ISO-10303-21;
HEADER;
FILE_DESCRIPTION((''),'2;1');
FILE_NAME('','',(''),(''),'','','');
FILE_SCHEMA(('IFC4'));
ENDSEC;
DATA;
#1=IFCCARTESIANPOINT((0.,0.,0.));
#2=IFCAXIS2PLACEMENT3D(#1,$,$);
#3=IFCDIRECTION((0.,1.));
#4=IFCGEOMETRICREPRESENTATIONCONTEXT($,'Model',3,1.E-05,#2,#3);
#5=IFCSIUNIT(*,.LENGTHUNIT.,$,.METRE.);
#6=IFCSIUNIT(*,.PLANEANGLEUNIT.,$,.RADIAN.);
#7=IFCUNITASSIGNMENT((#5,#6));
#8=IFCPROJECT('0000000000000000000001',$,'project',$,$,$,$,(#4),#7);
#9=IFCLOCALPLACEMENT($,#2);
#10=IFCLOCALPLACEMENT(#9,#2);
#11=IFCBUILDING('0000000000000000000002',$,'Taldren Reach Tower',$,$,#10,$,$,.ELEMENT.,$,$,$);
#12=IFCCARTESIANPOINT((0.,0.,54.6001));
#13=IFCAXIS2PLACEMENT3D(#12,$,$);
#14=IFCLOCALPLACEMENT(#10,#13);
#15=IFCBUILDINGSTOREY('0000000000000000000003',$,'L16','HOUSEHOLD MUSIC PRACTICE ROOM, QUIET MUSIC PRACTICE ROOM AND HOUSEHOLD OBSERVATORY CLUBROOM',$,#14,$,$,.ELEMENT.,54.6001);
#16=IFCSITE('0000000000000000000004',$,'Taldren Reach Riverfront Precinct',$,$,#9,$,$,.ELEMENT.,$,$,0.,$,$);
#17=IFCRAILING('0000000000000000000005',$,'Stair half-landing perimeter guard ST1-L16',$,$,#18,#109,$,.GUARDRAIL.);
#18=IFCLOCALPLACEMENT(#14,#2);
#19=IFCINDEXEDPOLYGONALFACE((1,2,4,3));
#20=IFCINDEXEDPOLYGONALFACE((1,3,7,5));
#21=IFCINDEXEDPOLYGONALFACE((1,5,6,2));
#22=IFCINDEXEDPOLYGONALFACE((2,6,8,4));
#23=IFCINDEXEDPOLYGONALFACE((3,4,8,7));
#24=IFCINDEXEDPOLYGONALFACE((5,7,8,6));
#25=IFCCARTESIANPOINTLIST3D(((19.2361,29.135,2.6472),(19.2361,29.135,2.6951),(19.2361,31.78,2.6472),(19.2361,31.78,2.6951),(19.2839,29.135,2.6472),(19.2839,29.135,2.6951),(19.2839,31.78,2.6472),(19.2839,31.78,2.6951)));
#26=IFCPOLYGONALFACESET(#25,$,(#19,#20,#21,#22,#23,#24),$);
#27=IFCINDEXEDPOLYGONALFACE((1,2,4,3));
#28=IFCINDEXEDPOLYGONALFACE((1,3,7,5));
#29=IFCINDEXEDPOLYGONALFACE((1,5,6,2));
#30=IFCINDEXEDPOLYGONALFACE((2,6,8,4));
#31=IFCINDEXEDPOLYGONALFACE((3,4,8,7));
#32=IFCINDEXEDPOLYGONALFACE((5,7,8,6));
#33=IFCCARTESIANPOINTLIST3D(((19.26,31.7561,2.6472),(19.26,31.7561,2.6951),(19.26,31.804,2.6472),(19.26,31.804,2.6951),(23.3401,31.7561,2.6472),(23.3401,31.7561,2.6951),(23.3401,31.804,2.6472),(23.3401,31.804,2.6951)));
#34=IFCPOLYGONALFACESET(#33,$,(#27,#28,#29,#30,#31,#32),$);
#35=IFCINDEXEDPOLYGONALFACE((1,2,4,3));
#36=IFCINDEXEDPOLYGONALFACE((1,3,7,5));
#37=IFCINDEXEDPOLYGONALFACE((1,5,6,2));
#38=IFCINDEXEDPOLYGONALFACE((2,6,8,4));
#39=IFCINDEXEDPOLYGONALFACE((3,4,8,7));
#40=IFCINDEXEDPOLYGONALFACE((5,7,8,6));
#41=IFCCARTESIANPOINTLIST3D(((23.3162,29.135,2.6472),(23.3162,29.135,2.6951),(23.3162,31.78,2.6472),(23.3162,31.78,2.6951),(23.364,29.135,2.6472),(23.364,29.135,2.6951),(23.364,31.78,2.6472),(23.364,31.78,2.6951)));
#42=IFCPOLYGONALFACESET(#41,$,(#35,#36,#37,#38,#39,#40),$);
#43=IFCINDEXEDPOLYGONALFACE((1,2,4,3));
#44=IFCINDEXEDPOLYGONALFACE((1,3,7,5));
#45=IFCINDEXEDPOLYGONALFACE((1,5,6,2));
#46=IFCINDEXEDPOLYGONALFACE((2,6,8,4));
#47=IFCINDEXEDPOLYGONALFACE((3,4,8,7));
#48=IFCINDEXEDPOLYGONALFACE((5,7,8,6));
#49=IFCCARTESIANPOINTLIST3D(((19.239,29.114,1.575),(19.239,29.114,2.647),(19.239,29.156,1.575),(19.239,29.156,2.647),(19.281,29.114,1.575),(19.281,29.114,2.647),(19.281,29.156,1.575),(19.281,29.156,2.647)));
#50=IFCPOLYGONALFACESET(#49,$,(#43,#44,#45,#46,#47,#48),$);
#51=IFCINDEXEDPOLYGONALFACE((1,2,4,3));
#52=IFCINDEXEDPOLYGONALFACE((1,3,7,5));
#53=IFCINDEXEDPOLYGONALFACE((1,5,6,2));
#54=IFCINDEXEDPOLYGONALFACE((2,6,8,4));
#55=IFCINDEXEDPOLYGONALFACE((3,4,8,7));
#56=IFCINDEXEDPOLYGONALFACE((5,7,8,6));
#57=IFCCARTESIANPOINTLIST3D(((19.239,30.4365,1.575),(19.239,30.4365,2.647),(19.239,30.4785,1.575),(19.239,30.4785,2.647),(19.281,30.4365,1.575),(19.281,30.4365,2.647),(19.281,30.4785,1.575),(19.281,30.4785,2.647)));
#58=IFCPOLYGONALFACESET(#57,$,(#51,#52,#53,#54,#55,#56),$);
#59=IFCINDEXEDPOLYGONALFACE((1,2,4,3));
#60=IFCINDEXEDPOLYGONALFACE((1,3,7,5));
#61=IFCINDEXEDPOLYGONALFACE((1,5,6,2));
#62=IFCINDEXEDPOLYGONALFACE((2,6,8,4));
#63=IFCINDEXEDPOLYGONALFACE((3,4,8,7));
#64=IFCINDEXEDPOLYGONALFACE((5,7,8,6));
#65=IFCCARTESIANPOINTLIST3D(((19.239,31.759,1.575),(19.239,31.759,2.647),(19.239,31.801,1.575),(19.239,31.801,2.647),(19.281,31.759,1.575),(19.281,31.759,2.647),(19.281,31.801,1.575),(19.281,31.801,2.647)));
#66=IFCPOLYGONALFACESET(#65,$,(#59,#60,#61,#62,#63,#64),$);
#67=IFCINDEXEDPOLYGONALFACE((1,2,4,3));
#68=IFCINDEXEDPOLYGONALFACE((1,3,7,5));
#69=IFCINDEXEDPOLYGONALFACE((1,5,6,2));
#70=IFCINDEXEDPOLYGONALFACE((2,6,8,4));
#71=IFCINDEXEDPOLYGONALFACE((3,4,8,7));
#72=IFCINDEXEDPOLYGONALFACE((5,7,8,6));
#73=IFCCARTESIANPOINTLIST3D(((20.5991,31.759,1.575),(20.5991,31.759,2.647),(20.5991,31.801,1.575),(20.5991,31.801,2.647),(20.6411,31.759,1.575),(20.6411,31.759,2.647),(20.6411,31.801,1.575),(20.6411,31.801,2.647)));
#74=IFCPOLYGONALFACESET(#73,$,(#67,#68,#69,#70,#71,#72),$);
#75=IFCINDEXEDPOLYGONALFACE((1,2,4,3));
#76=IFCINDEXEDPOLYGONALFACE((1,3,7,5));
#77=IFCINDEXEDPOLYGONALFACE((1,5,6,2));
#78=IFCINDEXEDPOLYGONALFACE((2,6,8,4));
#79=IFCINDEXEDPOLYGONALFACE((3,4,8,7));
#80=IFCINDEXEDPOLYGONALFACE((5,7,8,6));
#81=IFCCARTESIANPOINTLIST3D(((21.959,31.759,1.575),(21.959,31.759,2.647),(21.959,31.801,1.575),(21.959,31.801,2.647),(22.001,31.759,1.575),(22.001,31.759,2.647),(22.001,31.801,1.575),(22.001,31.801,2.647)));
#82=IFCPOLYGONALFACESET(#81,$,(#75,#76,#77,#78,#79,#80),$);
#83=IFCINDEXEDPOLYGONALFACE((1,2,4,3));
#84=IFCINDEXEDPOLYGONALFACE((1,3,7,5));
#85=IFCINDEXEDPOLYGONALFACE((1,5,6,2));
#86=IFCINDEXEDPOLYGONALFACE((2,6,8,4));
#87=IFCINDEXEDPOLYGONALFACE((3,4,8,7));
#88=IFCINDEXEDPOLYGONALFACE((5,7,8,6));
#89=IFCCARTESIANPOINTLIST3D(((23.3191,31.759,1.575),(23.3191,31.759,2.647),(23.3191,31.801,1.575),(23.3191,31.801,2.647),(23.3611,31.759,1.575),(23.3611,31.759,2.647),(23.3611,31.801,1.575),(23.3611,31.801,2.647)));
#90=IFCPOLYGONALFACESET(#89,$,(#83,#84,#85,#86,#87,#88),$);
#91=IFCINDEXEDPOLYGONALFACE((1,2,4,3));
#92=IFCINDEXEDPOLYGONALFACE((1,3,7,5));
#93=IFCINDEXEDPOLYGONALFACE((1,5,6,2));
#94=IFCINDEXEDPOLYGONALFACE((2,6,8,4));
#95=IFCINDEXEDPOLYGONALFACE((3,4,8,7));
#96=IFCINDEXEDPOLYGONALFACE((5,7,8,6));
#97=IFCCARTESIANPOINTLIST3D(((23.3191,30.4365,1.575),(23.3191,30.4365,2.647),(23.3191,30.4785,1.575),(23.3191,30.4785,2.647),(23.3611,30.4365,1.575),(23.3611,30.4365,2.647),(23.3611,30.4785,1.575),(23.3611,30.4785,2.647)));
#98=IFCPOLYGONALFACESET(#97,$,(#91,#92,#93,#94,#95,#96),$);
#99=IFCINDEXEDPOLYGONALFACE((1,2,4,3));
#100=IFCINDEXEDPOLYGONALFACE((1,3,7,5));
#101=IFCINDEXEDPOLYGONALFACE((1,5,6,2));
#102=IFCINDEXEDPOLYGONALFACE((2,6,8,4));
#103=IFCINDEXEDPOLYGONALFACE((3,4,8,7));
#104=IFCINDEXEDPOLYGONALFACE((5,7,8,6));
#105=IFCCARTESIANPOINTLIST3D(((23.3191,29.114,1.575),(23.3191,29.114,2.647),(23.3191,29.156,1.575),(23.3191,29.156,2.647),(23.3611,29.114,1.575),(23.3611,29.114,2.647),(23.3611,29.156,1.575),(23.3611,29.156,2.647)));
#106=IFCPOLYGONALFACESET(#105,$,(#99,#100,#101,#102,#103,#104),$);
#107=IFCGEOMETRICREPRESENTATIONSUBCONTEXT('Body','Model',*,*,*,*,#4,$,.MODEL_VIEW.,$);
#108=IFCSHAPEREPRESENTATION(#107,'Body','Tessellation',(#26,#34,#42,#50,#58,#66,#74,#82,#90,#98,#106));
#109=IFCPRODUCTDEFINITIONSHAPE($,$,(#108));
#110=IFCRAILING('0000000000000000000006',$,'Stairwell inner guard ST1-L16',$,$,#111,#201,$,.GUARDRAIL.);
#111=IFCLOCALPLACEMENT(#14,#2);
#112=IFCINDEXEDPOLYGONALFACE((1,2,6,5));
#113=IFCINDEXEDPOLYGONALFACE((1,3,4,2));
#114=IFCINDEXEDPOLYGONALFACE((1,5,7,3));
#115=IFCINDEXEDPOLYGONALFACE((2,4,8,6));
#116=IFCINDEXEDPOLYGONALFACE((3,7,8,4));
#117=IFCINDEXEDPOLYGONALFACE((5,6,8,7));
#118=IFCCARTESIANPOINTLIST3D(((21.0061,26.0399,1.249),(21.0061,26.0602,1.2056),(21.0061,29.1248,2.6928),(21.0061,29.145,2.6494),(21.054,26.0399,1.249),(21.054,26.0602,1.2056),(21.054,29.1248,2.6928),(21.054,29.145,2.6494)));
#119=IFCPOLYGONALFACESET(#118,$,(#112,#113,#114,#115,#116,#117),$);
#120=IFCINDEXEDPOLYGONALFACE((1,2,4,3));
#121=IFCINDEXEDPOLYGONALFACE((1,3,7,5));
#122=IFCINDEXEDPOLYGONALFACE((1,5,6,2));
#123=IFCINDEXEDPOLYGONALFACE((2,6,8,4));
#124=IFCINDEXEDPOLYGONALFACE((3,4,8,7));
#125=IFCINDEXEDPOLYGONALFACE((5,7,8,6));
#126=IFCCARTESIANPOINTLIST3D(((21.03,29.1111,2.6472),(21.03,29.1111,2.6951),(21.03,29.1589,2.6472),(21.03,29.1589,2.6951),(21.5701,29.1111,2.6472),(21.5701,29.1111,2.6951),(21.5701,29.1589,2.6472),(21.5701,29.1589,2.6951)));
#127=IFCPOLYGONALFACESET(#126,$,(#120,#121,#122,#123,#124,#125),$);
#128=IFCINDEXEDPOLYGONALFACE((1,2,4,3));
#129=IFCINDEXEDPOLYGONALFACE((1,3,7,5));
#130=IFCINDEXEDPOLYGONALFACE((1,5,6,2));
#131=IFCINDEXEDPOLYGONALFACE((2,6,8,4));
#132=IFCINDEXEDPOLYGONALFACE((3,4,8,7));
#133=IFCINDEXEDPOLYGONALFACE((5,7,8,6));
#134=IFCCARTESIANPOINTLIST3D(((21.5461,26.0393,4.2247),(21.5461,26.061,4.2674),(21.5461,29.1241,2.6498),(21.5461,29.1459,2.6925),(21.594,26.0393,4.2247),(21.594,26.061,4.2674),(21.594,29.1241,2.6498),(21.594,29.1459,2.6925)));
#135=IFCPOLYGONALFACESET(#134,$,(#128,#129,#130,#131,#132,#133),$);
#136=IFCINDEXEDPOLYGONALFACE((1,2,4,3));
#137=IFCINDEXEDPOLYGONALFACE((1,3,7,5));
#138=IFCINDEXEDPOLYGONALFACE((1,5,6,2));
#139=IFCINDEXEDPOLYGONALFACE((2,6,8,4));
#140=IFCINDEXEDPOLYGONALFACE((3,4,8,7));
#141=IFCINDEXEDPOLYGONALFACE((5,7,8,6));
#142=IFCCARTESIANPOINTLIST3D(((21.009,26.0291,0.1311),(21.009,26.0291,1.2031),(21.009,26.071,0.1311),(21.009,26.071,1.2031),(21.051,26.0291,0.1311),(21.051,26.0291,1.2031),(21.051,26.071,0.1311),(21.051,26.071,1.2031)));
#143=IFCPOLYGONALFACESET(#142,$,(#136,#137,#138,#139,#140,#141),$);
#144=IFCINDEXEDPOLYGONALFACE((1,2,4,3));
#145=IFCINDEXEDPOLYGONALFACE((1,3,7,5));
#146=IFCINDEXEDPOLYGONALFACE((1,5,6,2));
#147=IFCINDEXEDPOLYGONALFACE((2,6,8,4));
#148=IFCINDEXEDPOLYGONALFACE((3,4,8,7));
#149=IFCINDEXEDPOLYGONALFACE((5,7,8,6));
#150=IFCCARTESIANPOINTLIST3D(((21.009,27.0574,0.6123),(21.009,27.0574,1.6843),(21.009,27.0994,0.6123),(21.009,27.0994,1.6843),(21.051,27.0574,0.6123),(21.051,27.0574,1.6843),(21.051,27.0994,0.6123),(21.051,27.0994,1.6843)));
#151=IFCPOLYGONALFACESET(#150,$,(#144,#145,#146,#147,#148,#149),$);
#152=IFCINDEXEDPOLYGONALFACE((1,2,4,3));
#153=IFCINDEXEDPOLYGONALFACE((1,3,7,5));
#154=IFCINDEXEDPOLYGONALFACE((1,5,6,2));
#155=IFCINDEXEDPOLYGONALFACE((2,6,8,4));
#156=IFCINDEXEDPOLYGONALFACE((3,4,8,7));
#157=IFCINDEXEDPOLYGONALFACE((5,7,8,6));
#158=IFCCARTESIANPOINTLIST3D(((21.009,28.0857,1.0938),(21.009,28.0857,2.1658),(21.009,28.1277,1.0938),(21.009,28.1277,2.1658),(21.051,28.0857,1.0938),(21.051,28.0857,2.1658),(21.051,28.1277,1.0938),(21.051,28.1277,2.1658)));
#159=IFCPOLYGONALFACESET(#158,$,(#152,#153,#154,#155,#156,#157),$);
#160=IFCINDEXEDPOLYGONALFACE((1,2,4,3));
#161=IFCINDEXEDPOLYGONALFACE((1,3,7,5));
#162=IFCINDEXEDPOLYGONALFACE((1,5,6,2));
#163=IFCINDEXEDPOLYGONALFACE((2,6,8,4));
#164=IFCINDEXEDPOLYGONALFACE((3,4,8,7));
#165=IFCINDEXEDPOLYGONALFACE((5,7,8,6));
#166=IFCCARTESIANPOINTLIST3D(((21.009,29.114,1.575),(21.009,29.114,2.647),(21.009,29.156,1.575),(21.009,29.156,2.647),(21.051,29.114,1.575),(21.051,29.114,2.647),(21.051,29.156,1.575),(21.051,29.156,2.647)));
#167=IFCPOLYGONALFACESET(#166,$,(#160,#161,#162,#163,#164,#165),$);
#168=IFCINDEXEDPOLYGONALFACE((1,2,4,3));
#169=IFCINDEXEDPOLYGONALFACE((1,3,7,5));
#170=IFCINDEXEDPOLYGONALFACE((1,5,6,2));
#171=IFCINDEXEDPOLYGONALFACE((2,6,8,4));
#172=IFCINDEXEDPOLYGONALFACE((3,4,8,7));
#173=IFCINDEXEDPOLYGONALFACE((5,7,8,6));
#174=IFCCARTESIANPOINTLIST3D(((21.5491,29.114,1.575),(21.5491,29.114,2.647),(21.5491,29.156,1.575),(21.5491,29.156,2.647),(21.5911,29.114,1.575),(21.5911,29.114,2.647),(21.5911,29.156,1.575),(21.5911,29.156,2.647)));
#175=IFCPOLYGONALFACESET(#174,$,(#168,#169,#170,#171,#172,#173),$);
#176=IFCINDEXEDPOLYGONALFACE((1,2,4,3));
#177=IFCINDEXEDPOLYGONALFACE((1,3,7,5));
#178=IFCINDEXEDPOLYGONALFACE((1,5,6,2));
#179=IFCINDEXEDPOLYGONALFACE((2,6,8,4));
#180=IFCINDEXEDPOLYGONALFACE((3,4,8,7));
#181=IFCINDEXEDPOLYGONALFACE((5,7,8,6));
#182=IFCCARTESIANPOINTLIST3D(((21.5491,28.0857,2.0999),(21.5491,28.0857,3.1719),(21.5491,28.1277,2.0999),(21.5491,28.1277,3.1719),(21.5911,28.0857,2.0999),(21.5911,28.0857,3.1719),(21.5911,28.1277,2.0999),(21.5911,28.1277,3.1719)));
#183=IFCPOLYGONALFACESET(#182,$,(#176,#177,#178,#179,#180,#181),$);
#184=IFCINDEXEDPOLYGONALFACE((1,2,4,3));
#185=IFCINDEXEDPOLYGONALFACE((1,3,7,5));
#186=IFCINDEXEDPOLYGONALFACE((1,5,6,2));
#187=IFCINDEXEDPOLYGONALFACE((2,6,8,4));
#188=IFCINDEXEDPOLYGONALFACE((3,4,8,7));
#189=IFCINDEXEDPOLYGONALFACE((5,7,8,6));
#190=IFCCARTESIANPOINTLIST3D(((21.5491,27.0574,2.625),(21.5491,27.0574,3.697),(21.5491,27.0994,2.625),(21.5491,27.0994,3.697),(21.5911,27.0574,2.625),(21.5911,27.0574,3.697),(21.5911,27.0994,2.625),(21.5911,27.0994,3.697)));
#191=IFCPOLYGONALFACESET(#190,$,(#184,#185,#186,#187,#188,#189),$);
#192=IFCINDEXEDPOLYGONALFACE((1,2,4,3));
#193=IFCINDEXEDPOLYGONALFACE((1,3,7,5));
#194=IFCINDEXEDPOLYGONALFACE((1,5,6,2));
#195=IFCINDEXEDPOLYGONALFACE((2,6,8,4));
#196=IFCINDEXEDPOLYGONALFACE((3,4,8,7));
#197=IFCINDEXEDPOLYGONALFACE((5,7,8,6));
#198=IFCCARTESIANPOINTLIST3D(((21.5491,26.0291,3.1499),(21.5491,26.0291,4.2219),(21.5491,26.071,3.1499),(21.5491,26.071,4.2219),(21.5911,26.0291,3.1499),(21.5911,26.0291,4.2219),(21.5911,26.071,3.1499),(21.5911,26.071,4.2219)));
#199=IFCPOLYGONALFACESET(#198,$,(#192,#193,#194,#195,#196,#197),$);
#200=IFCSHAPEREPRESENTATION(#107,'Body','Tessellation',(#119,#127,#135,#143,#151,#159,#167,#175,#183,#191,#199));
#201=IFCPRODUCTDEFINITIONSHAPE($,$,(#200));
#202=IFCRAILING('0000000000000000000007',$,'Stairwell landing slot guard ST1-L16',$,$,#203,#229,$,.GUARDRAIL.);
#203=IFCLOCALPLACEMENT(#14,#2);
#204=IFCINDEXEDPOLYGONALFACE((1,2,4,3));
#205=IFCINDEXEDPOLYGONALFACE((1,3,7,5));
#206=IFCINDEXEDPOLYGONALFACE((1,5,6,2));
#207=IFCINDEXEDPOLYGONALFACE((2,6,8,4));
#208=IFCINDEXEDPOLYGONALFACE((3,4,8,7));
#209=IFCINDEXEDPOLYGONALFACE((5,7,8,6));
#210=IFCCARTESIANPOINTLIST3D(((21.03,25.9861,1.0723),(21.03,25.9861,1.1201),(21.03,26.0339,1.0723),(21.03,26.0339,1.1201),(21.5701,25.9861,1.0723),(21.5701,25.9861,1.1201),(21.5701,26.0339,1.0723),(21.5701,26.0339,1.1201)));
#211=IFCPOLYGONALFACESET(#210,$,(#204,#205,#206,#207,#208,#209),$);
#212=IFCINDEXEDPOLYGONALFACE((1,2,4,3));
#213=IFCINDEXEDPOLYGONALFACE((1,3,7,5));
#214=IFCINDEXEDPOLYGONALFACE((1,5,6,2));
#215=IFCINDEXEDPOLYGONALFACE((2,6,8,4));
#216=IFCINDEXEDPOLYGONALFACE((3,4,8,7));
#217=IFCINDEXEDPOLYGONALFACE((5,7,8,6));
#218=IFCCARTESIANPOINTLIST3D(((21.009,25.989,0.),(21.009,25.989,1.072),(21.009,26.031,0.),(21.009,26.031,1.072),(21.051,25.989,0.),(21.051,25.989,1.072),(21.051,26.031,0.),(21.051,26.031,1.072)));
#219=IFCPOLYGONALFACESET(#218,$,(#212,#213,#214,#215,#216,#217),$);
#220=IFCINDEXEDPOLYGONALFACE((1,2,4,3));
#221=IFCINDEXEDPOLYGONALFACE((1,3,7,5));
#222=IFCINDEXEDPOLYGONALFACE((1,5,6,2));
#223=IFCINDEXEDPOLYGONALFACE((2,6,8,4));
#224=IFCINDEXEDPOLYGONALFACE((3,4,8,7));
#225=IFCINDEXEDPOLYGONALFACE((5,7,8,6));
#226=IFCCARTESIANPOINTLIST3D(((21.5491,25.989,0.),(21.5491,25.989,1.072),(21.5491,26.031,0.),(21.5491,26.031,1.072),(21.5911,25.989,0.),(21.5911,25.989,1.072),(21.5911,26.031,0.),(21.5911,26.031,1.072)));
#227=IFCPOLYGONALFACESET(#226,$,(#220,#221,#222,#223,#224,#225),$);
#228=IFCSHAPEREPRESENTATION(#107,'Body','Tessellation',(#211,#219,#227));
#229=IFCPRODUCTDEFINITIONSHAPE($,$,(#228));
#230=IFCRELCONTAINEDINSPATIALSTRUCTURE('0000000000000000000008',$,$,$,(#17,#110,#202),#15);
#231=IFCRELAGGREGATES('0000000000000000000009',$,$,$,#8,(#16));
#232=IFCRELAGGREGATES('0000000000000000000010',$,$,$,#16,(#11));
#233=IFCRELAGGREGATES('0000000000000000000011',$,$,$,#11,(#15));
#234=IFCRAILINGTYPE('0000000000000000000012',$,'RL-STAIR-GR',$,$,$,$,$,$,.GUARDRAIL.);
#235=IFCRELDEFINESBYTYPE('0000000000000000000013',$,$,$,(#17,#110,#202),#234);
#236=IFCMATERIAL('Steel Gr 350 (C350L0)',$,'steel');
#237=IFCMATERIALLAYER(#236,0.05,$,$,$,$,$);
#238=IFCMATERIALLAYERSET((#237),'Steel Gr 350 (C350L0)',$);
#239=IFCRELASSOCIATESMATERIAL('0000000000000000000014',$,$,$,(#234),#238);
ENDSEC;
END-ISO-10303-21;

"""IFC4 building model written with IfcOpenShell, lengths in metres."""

from ifc_helpers import new_model, si_unit, direction, frame, origin, origin_2d, place, context, subcontext, project, spatial, rectangle, extrude, material, layer, layer_set, type_object, element, save


model = new_model("IFC4")

# Units and contexts
model_context = context("Model", 3, precision=1e-05, world=origin(), true_north=direction((0.0, 1.0)))
body_context = subcontext(model_context, "Body", "Model", "MODEL_VIEW")
ifc_project = project(units=[si_unit("LENGTHUNIT", "METRE"), si_unit("PLANEANGLEUNIT", "RADIAN")], contexts=[model_context])

# Site, building, storey
site_placement = place(None, origin())
site = spatial("IfcSite", under=ifc_project, at=site_placement, Name="Taldren Reach Riverfront Precinct", CompositionType="ELEMENT", RefElevation=0.0)
building_placement = place(site_placement, origin())
building = spatial("IfcBuilding", under=site, at=building_placement, Name="Taldren Reach Tower", CompositionType="ELEMENT")
storey_placement = place(building_placement, frame((0.0, 0.0, 54.6001)))
storey = spatial("IfcBuildingStorey", under=building, at=storey_placement, Name="L16", Description="HOUSEHOLD MUSIC PRACTICE ROOM, QUIET MUSIC PRACTICE ROOM AND HOUSEHOLD OBSERVATORY CLUBROOM", CompositionType="ELEMENT", Elevation=54.6001)

# Railings
ifc_material_1 = material(Name="Steel Gr 350 (C350L0)", Category="steel")
ifc_layer_1 = layer(ifc_material_1, 0.05)
ifc_layer_set_1 = layer_set([ifc_layer_1], Name="Steel Gr 350 (C350L0)")
railing_type_1 = type_object("IfcRailingType", Name="RL-STAIR-GR", PredefinedType="GUARDRAIL", material=ifc_layer_set_1)
railing_1_placement = place(storey_placement, frame((19.26, 29.135, 1.575)))
element("IfcRailing", 1, at=railing_1_placement, inside=storey, type_object=railing_type_1, Name="Stair half-landing perimeter guard ST1-L16", PredefinedType="GUARDRAIL", context=body_context, shape_type="SweptSolid", body=[
    extrude(rectangle(XDim=0.0479, YDim=0.0479, at=origin_2d()), frame((0.0, 0.0, 1.0962), z_axis=(0.0, 1.0, 0.0), x_axis=(-1.0, 0.0, 0.0)), (0.0, 0.0, 1.0), 2.645),
    extrude(rectangle(XDim=0.0479, YDim=0.0479, at=origin_2d()), frame((0.0, 2.645, 1.0962), z_axis=(1.0, 0.0, 0.0), x_axis=(0.0, 1.0, 0.0)), (0.0, 0.0, 1.0), 4.0801),
    extrude(rectangle(XDim=0.0479, YDim=0.0479, at=origin_2d()), frame((4.0801, 2.645, 1.0962), z_axis=(0.0, -1.0, 0.0), x_axis=(1.0, 0.0, 0.0)), (0.0, 0.0, 1.0), 2.645),
    extrude(rectangle(XDim=0.042, YDim=0.042, at=origin_2d()), origin(), (0.0, 0.0, 1.0), 1.072),
    extrude(rectangle(XDim=0.042, YDim=0.042, at=origin_2d()), frame((0.0, 1.3225, 0.0)), (0.0, 0.0, 1.0), 1.072),
    extrude(rectangle(XDim=0.042, YDim=0.042, at=origin_2d()), frame((0.0, 2.645, 0.0)), (0.0, 0.0, 1.0), 1.072),
    extrude(rectangle(XDim=0.042, YDim=0.042, at=origin_2d()), frame((1.3601, 2.645, 0.0)), (0.0, 0.0, 1.0), 1.072),
    extrude(rectangle(XDim=0.042, YDim=0.042, at=origin_2d()), frame((2.72, 2.645, 0.0)), (0.0, 0.0, 1.0), 1.072),
    extrude(rectangle(XDim=0.042, YDim=0.042, at=origin_2d()), frame((4.0801, 2.645, 0.0)), (0.0, 0.0, 1.0), 1.072),
    extrude(rectangle(XDim=0.042, YDim=0.042, at=origin_2d()), frame((4.0801, 1.3225, 0.0)), (0.0, 0.0, 1.0), 1.072),
    extrude(rectangle(XDim=0.042, YDim=0.042, at=origin_2d()), frame((4.0801, 0.0, 0.0)), (0.0, 0.0, 1.0), 1.072),
])
railing_2_placement = place(storey_placement, frame((21.03, 26.05, 0.1311)))
element("IfcRailing", 2, at=railing_2_placement, inside=storey, type_object=railing_type_1, Name="Stairwell inner guard ST1-L16", PredefinedType="GUARDRAIL", context=body_context, shape_type="SweptSolid", body=[
    extrude(rectangle(XDim=0.0479, YDim=0.0479, at=origin_2d()), frame((0.0, 0.0, 1.0962), z_axis=(0.0, 0.90571, 0.423898), x_axis=(-1.0, 0.0, 0.0)), (0.0, 0.0, 1.0), 3.406),
    extrude(rectangle(XDim=0.0479, YDim=0.0479, at=origin_2d()), frame((0.0, 3.085, 2.54), z_axis=(1.0, 0.0, 0.0), x_axis=(0.0, 1.0, 0.0)), (0.0, 0.0, 1.0), 0.54),
    extrude(rectangle(XDim=0.0479, YDim=0.0479, at=origin_2d()), frame((0.54, 3.085, 2.54), z_axis=(0.0, -0.890646, 0.454697), x_axis=(1.0, 0.0, 0.0)), (0.0, 0.0, 1.0), 3.4636),
    extrude(rectangle(XDim=0.042, YDim=0.042, at=origin_2d()), origin(), (0.0, 0.0, 1.0), 1.072),
    extrude(rectangle(XDim=0.042, YDim=0.042, at=origin_2d()), frame((0.0, 1.0283, 0.4812)), (0.0, 0.0, 1.0), 1.072),
    extrude(rectangle(XDim=0.042, YDim=0.042, at=origin_2d()), frame((0.0, 2.0566, 0.9626)), (0.0, 0.0, 1.0), 1.072),
    extrude(rectangle(XDim=0.042, YDim=0.042, at=origin_2d()), frame((0.0, 3.085, 1.4438)), (0.0, 0.0, 1.0), 1.072),
    extrude(rectangle(XDim=0.042, YDim=0.042, at=origin_2d()), frame((0.54, 3.085, 1.4438)), (0.0, 0.0, 1.0), 1.072),
    extrude(rectangle(XDim=0.042, YDim=0.042, at=origin_2d()), frame((0.54, 2.0566, 1.9688)), (0.0, 0.0, 1.0), 1.072),
    extrude(rectangle(XDim=0.042, YDim=0.042, at=origin_2d()), frame((0.54, 1.0283, 2.4939)), (0.0, 0.0, 1.0), 1.072),
    extrude(rectangle(XDim=0.042, YDim=0.042, at=origin_2d()), frame((0.54, 0.0, 3.0188)), (0.0, 0.0, 1.0), 1.072),
])
railing_3_placement = place(storey_placement, frame((21.03, 26.01, 0.0)))
element("IfcRailing", 3, at=railing_3_placement, inside=storey, type_object=railing_type_1, Name="Stairwell landing slot guard ST1-L16", PredefinedType="GUARDRAIL", context=body_context, shape_type="SweptSolid", body=[
    extrude(rectangle(XDim=0.0479, YDim=0.0479, at=origin_2d()), frame((0.0, 0.0, 1.0962), z_axis=(1.0, 0.0, 0.0), x_axis=(0.0, 1.0, 0.0)), (0.0, 0.0, 1.0), 0.54),
    extrude(rectangle(XDim=0.042, YDim=0.042, at=origin_2d()), origin(), (0.0, 0.0, 1.0), 1.072),
    extrude(rectangle(XDim=0.042, YDim=0.042, at=origin_2d()), frame((0.54, 0.0, 0.0)), (0.0, 0.0, 1.0), 1.072),
])

save(model, "model.ifc")
